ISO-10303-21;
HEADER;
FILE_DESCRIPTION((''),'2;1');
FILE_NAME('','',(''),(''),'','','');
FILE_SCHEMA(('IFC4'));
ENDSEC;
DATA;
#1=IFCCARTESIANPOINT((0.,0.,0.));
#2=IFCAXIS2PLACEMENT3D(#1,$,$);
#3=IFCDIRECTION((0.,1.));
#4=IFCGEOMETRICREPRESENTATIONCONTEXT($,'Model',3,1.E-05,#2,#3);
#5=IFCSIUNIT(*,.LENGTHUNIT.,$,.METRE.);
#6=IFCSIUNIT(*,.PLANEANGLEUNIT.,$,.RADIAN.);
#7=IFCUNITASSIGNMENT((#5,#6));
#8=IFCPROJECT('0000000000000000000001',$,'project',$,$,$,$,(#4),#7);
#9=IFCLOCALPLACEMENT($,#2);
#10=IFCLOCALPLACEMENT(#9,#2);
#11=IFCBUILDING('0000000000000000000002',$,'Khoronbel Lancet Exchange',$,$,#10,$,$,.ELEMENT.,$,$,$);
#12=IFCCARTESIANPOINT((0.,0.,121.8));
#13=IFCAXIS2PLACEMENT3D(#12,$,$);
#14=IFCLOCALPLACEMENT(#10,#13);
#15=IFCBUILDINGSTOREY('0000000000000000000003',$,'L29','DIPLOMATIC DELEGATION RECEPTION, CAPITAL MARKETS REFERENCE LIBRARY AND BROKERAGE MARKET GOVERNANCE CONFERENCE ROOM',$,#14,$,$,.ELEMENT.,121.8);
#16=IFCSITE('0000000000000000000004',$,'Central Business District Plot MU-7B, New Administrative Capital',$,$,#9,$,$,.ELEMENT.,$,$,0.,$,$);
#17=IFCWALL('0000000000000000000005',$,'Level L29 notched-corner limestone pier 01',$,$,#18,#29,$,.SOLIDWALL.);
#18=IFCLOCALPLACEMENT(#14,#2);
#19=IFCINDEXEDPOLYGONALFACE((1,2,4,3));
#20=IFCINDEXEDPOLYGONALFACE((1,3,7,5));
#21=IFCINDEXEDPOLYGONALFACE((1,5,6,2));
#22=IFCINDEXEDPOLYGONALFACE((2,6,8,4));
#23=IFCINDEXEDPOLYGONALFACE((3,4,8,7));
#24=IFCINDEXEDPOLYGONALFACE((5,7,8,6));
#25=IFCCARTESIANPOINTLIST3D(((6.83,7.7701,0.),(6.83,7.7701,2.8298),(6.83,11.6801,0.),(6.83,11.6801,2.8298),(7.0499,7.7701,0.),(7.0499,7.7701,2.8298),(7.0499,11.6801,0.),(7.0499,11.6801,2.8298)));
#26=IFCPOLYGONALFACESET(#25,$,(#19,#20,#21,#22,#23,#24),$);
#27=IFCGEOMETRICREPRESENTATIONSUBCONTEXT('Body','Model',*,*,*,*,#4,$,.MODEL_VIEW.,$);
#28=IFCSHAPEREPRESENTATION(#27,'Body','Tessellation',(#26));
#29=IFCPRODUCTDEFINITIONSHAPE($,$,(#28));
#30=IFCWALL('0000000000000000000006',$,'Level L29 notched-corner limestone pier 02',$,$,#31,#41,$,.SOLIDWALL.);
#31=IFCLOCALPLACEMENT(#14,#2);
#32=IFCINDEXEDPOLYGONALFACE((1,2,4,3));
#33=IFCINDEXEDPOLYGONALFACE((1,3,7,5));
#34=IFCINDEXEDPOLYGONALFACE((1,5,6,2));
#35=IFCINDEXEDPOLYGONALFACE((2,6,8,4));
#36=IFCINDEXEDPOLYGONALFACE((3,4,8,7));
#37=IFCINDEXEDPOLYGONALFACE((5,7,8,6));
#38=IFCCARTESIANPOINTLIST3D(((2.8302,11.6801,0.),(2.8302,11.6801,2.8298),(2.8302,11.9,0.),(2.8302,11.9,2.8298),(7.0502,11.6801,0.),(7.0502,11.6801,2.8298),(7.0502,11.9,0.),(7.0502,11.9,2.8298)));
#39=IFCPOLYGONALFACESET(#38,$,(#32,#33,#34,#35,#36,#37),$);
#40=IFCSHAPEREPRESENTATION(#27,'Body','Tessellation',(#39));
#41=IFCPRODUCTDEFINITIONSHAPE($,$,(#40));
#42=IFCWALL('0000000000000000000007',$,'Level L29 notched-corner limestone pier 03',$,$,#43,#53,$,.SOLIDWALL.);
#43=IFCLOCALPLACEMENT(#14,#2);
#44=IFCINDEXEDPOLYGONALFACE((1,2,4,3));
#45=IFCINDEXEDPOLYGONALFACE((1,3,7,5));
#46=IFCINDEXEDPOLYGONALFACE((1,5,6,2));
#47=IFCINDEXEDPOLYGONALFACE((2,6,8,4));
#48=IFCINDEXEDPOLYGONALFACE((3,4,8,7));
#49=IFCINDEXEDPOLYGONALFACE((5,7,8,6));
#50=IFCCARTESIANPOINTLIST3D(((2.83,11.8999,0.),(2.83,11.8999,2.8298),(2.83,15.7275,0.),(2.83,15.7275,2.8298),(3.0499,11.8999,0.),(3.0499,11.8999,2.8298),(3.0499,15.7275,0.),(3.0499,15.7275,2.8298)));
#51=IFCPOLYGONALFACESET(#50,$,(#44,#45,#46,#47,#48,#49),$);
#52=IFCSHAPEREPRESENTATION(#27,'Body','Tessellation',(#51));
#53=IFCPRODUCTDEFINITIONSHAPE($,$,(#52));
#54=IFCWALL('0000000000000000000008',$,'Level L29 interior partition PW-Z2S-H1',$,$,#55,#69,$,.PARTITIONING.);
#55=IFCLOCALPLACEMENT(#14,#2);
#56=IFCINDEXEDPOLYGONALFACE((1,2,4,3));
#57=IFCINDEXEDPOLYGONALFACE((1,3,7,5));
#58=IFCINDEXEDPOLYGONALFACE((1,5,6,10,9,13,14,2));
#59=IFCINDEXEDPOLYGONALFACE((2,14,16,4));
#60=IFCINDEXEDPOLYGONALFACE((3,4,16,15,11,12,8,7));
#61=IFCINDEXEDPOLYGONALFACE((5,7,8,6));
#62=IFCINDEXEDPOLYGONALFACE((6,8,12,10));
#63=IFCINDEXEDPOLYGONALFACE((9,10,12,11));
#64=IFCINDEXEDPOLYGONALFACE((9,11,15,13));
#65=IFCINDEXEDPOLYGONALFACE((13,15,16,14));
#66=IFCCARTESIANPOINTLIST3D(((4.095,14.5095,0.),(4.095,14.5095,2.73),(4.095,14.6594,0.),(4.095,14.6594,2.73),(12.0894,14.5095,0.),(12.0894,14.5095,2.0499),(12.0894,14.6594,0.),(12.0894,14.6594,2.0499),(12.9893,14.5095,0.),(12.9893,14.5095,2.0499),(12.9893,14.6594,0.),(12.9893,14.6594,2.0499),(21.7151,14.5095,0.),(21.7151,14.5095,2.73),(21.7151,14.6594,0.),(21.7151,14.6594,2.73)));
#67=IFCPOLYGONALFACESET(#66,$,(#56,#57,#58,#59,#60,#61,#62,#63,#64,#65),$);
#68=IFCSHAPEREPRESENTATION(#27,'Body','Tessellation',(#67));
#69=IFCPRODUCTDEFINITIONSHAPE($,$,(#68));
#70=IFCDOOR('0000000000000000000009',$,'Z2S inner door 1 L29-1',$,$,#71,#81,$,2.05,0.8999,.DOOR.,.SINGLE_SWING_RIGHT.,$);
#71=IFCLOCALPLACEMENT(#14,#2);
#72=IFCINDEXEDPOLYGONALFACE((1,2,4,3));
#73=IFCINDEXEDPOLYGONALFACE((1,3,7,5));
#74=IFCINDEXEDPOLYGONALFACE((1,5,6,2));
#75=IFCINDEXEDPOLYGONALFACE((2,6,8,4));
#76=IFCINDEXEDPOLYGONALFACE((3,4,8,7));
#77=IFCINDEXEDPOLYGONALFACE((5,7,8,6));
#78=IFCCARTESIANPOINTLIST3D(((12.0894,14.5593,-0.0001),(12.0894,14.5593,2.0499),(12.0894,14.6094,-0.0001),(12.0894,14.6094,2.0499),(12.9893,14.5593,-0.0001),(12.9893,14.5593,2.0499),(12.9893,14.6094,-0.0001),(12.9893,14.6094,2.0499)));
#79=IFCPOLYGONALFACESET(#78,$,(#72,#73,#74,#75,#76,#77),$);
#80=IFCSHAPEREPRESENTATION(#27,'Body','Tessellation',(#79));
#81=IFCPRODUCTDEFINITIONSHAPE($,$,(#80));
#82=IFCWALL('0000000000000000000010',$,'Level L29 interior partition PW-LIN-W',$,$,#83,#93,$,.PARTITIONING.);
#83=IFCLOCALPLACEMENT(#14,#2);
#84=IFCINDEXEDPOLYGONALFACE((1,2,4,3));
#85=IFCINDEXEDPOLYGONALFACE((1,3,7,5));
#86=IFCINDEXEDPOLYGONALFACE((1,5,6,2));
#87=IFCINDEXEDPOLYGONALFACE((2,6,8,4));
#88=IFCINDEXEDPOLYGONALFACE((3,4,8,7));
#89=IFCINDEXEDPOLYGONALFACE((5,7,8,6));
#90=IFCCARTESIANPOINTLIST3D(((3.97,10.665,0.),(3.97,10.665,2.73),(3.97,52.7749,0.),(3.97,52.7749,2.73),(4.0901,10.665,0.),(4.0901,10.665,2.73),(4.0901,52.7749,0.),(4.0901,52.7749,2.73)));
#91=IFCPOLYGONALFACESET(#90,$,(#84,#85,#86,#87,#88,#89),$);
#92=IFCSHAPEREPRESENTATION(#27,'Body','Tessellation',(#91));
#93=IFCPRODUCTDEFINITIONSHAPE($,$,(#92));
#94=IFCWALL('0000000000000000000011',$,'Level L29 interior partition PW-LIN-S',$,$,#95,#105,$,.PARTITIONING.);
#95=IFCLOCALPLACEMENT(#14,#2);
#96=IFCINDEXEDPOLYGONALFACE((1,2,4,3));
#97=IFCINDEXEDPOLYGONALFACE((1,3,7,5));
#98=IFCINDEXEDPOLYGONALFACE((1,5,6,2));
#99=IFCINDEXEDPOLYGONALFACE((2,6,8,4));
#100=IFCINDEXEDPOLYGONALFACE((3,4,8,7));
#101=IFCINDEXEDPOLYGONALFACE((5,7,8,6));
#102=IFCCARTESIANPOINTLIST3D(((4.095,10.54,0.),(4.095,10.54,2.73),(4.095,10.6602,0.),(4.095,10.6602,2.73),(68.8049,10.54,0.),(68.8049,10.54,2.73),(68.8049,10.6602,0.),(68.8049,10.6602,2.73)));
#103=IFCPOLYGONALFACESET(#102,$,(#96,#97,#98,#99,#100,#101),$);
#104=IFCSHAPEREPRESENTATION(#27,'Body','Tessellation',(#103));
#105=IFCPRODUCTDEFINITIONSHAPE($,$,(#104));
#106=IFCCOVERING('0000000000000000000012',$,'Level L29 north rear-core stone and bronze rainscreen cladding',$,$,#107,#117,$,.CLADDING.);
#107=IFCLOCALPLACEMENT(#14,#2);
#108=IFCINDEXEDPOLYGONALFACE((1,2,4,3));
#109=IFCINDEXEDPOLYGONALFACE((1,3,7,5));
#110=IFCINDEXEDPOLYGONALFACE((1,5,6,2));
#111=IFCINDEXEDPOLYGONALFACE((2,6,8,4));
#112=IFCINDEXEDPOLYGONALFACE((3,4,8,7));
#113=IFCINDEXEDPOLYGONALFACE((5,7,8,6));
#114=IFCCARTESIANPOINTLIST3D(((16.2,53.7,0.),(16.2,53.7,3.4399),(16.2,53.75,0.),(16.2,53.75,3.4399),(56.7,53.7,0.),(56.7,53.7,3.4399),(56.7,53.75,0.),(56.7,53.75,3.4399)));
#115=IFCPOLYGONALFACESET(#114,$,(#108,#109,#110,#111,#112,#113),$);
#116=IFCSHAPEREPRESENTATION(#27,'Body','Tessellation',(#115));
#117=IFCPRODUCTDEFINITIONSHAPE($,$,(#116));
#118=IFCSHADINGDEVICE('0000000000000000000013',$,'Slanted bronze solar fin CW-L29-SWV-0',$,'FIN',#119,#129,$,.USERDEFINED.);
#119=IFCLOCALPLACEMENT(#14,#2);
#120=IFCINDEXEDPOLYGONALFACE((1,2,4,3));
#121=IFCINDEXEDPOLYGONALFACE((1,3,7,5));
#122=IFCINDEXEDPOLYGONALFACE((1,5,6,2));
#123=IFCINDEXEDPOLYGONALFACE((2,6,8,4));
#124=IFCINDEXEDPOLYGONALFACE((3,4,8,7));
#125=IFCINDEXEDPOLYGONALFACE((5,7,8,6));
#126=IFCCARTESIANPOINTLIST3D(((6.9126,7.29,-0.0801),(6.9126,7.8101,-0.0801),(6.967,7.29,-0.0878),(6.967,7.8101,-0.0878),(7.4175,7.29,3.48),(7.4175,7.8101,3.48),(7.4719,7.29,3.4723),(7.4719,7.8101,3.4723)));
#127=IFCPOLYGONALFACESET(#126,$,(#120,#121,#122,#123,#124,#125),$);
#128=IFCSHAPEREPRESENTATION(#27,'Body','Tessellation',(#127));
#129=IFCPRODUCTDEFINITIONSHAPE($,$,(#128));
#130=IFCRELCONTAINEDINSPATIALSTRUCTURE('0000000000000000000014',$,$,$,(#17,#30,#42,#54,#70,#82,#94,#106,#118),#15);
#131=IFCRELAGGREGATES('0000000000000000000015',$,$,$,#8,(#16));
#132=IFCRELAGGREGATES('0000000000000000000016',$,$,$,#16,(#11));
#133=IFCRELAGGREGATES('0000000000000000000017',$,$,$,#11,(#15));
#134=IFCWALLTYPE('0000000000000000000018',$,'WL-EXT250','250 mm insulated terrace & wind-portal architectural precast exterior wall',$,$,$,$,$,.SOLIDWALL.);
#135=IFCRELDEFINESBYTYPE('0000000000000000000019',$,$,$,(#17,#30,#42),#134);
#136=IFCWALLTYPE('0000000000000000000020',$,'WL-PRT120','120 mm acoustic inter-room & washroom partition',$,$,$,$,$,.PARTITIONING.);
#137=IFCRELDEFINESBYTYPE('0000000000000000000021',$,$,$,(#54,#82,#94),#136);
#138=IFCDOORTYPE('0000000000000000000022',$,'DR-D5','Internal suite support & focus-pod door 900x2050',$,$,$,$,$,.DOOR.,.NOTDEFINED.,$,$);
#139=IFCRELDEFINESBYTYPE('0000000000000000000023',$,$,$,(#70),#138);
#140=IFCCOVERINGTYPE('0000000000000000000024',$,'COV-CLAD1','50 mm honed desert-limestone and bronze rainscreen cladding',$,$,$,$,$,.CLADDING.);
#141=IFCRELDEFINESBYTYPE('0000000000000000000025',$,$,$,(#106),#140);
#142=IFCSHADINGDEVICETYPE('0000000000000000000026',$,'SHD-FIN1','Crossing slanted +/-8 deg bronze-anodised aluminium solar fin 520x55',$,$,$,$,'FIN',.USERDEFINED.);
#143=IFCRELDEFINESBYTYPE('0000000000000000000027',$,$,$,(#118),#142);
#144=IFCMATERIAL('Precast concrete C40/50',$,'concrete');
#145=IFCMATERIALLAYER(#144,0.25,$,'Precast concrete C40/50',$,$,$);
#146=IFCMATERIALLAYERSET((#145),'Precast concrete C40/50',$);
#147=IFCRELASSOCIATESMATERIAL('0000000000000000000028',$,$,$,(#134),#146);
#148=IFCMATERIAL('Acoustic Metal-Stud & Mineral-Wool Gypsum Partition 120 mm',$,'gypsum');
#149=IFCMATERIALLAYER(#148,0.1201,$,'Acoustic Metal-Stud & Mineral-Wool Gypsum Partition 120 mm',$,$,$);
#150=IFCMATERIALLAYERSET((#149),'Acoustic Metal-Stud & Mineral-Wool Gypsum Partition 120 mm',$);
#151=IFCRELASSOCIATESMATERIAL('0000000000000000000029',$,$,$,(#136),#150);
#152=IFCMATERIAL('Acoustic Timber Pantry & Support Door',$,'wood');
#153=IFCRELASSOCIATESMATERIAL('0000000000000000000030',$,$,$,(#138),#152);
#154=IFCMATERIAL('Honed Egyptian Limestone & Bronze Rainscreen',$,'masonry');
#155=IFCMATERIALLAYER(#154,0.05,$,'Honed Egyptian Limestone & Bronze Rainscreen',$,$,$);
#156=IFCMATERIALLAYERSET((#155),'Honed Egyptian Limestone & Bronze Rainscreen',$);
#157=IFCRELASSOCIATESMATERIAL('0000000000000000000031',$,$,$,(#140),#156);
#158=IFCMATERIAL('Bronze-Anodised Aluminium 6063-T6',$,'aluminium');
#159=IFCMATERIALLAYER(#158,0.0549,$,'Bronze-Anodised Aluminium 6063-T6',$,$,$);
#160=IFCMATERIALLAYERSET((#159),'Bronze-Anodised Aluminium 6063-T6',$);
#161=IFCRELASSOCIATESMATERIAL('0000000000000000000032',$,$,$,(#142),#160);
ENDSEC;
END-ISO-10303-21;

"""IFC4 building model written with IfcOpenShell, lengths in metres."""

from ifc_helpers import new_model, si_unit, direction, frame, frame_2d, origin, place, context, subcontext, project, spatial, polyline, rectangle, outline, extrude, material, layer, layer_set, type_object, element, fill, save


model = new_model("IFC4")

# Units and contexts
model_context = context("Model", 3, precision=1e-05, world=origin(), true_north=direction((0.0, 1.0)))
body_context = subcontext(model_context, "Body", "Model", "MODEL_VIEW")
ifc_project = project(units=[si_unit("LENGTHUNIT", "METRE"), si_unit("PLANEANGLEUNIT", "RADIAN")], contexts=[model_context])

# Site, building, storey
site_placement = place(None, origin())
site = spatial("IfcSite", under=ifc_project, at=site_placement, Name="Central Business District Plot MU-7B, New Administrative Capital", CompositionType="ELEMENT", RefElevation=0.0)
building_placement = place(site_placement, origin())
building = spatial("IfcBuilding", under=site, at=building_placement, Name="Khoronbel Lancet Exchange", CompositionType="ELEMENT")
storey_placement = place(building_placement, frame((0.0, 0.0, 121.8)))
storey = spatial("IfcBuildingStorey", under=building, at=storey_placement, Name="L29", Description="DIPLOMATIC DELEGATION RECEPTION, CAPITAL MARKETS REFERENCE LIBRARY AND BROKERAGE MARKET GOVERNANCE CONFERENCE ROOM", CompositionType="ELEMENT", Elevation=121.8)

# Shared definitions
ifc_material_1 = material(Name="Bronze-Anodised Aluminium 6063-T6", Category="aluminium")

# Walls
ifc_material_2 = material(Name="Precast concrete C40/50", Category="concrete")
ifc_layer_1 = layer(ifc_material_2, 0.25, Name="Precast concrete C40/50")
ifc_layer_set_1 = layer_set([ifc_layer_1], Name="Precast concrete C40/50")
wall_type_1 = type_object("IfcWallType", Name="WL-EXT250", Description="250 mm insulated terrace & wind-portal architectural precast exterior wall", PredefinedType="SOLIDWALL", material=ifc_layer_set_1)
wall_1_placement = place(storey_placement, frame((6.9399, 7.77, 0.0), z_axis=(0.0, 0.0, 1.0), x_axis=(0.0, 1.0, 0.0)))
element("IfcWall", 1, at=wall_1_placement, inside=storey, type_object=wall_type_1, Name="Level L29 notched-corner limestone pier 01", PredefinedType="SOLIDWALL", context=body_context, shape_type="SweptSolid", body=[
    extrude(rectangle(XDim=3.9099, YDim=0.22, at=frame_2d((1.9551, 0.0))), origin(), (0.0, 0.0, 1.0), 2.8298),
])
wall_2_placement = place(storey_placement, frame((7.05, 11.79, 0.0), z_axis=(0.0, 0.0, 1.0), x_axis=(-1.0, 0.0, 0.0)))
element("IfcWall", 2, at=wall_2_placement, inside=storey, type_object=wall_type_1, Name="Level L29 notched-corner limestone pier 02", PredefinedType="SOLIDWALL", context=body_context, shape_type="SweptSolid", body=[
    extrude(rectangle(XDim=4.22, YDim=0.22, at=frame_2d((2.1099, 0.0))), origin(), (0.0, 0.0, 1.0), 2.8298),
])
wall_3_placement = place(storey_placement, frame((2.9399, 11.8999, 0.0), z_axis=(0.0, 0.0, 1.0), x_axis=(0.0, 1.0, 0.0)))
element("IfcWall", 3, at=wall_3_placement, inside=storey, type_object=wall_type_1, Name="Level L29 notched-corner limestone pier 03", PredefinedType="SOLIDWALL", context=body_context, shape_type="SweptSolid", body=[
    extrude(rectangle(XDim=3.8276, YDim=0.22, at=frame_2d((1.9138, 0.0))), origin(), (0.0, 0.0, 1.0), 2.8298),
])

# Wall, opening, door
ifc_material_3 = material(Name="Acoustic Metal-Stud & Mineral-Wool Gypsum Partition 120 mm", Category="gypsum")
ifc_layer_2 = layer(ifc_material_3, 0.1201, Name="Acoustic Metal-Stud & Mineral-Wool Gypsum Partition 120 mm")
ifc_layer_set_2 = layer_set([ifc_layer_2], Name="Acoustic Metal-Stud & Mineral-Wool Gypsum Partition 120 mm")
wall_type_2 = type_object("IfcWallType", Name="WL-PRT120", Description="120 mm acoustic inter-room & washroom partition", PredefinedType="PARTITIONING", material=ifc_layer_set_2)
wall_4_placement = place(storey_placement, frame((4.095, 14.5845, 0.0), z_axis=(0.0, 0.0, 1.0), x_axis=(1.0, 0.0, 0.0)))
wall_4 = element("IfcWall", 4, at=wall_4_placement, inside=storey, type_object=wall_type_2, Name="Level L29 interior partition PW-Z2S-H1", PredefinedType="PARTITIONING", context=body_context, shape_type="SweptSolid", body=[
    extrude(rectangle(XDim=17.6201, YDim=0.1499, at=frame_2d((8.8101, 0.0))), origin(), (0.0, 0.0, 1.0), 2.73),
])
opening_placement = place(wall_4_placement, frame((7.9944, 0.0, 0.0)))
opening = element("IfcOpeningElement", 5, at=opening_placement, cuts=wall_4, PredefinedType="OPENING", context=body_context, shape_type="SweptSolid", body=[
    extrude(rectangle(XDim=0.8999, YDim=2.05, at=frame_2d((0.45, 1.0249))), frame((0.0, 0.085, 0.0), z_axis=(0.0, -1.0, 0.0), x_axis=(1.0, 0.0, 0.0)), (0.0, 0.0, 1.0), 0.1699),
])
ifc_material_4 = material(Name="Acoustic Timber Pantry & Support Door", Category="wood")
door_type = type_object("IfcDoorType", Name="DR-D5", Description="Internal suite support & focus-pod door 900x2050", OperationType="NOTDEFINED", PredefinedType="DOOR", material=ifc_material_4)
door_placement = place(opening_placement, origin())
door = element("IfcDoor", 6, at=door_placement, inside=storey, type_object=door_type, Name="Z2S inner door 1 L29-1", OperationType="SINGLE_SWING_RIGHT", OverallHeight=2.05, OverallWidth=0.8999, PredefinedType="DOOR", context=body_context, shape_type="SweptSolid", body=[
    extrude(rectangle(XDim=0.8999, YDim=2.05, at=frame_2d((0.45, 1.0249))), frame((0.0, 0.0249, 0.0), z_axis=(0.0, -1.0, 0.0), x_axis=(1.0, 0.0, 0.0)), (0.0, 0.0, 1.0), 0.05),
])
fill(opening, door)

# Walls
wall_5_placement = place(storey_placement, frame((4.03, 10.665, 0.0), z_axis=(0.0, 0.0, 1.0), x_axis=(0.0, 1.0, 0.0)))
element("IfcWall", 7, at=wall_5_placement, inside=storey, type_object=wall_type_2, Name="Level L29 interior partition PW-LIN-W", PredefinedType="PARTITIONING", context=body_context, shape_type="SweptSolid", body=[
    extrude(rectangle(XDim=42.1099, YDim=0.1201, at=frame_2d((21.0549, 0.0))), origin(), (0.0, 0.0, 1.0), 2.73),
])
wall_6_placement = place(storey_placement, frame((4.095, 10.6001, 0.0), z_axis=(0.0, 0.0, 1.0), x_axis=(1.0, 0.0, 0.0)))
element("IfcWall", 8, at=wall_6_placement, inside=storey, type_object=wall_type_2, Name="Level L29 interior partition PW-LIN-S", PredefinedType="PARTITIONING", context=body_context, shape_type="SweptSolid", body=[
    extrude(rectangle(XDim=64.71, YDim=0.1201, at=frame_2d((32.355, 0.0))), origin(), (0.0, 0.0, 1.0), 2.73),
])

# Covering
ifc_material_5 = material(Name="Honed Egyptian Limestone & Bronze Rainscreen", Category="masonry")
ifc_layer_3 = layer(ifc_material_5, 0.05, Name="Honed Egyptian Limestone & Bronze Rainscreen")
ifc_layer_set_3 = layer_set([ifc_layer_3], Name="Honed Egyptian Limestone & Bronze Rainscreen")
covering_type = type_object("IfcCoveringType", Name="COV-CLAD1", Description="50 mm honed desert-limestone and bronze rainscreen cladding", PredefinedType="CLADDING", material=ifc_layer_set_3)
covering_placement = place(storey_placement, origin())
element("IfcCovering", 9, at=covering_placement, inside=storey, type_object=covering_type, Name="Level L29 north rear-core stone and bronze rainscreen cladding", PredefinedType="CLADDING", context=body_context, shape_type="SweptSolid", body=[
    extrude(outline(polyline([(16.2, 53.7), (56.7, 53.7), (56.7, 53.75), (16.2, 53.75), (16.2, 53.7)])), origin(), (0.0, 0.0, 1.0), 3.4399),
])

# Shading device
ifc_layer_4 = layer(ifc_material_1, 0.0549, Name="Bronze-Anodised Aluminium 6063-T6")
ifc_layer_set_4 = layer_set([ifc_layer_4], Name="Bronze-Anodised Aluminium 6063-T6")
shading_device_type = type_object("IfcShadingDeviceType", Name="SHD-FIN1", Description="Crossing slanted +/-8 deg bronze-anodised aluminium solar fin 520x55", ElementType="FIN", PredefinedType="USERDEFINED", material=ifc_layer_set_4)
shading_device_placement = place(storey_placement, frame((6.9126, 7.8101, -0.0801), z_axis=(-0.990093, 0.0, 0.140414), x_axis=(0.0, -1.0, 0.0)))
element("IfcShadingDevice", 10, at=shading_device_placement, inside=storey, type_object=shading_device_type, Name="Slanted bronze solar fin CW-L29-SWV-0", ObjectType="FIN", PredefinedType="USERDEFINED", context=body_context, shape_type="SweptSolid", body=[
    extrude(outline(polyline([(0.0, 0.0), (0.52, 0.0), (0.52, 3.5957), (0.0, 3.5957), (0.0, 0.0)])), origin(), (0.0, 0.0, -1.0), 0.0549),
])

save(model, "model.ifc")
